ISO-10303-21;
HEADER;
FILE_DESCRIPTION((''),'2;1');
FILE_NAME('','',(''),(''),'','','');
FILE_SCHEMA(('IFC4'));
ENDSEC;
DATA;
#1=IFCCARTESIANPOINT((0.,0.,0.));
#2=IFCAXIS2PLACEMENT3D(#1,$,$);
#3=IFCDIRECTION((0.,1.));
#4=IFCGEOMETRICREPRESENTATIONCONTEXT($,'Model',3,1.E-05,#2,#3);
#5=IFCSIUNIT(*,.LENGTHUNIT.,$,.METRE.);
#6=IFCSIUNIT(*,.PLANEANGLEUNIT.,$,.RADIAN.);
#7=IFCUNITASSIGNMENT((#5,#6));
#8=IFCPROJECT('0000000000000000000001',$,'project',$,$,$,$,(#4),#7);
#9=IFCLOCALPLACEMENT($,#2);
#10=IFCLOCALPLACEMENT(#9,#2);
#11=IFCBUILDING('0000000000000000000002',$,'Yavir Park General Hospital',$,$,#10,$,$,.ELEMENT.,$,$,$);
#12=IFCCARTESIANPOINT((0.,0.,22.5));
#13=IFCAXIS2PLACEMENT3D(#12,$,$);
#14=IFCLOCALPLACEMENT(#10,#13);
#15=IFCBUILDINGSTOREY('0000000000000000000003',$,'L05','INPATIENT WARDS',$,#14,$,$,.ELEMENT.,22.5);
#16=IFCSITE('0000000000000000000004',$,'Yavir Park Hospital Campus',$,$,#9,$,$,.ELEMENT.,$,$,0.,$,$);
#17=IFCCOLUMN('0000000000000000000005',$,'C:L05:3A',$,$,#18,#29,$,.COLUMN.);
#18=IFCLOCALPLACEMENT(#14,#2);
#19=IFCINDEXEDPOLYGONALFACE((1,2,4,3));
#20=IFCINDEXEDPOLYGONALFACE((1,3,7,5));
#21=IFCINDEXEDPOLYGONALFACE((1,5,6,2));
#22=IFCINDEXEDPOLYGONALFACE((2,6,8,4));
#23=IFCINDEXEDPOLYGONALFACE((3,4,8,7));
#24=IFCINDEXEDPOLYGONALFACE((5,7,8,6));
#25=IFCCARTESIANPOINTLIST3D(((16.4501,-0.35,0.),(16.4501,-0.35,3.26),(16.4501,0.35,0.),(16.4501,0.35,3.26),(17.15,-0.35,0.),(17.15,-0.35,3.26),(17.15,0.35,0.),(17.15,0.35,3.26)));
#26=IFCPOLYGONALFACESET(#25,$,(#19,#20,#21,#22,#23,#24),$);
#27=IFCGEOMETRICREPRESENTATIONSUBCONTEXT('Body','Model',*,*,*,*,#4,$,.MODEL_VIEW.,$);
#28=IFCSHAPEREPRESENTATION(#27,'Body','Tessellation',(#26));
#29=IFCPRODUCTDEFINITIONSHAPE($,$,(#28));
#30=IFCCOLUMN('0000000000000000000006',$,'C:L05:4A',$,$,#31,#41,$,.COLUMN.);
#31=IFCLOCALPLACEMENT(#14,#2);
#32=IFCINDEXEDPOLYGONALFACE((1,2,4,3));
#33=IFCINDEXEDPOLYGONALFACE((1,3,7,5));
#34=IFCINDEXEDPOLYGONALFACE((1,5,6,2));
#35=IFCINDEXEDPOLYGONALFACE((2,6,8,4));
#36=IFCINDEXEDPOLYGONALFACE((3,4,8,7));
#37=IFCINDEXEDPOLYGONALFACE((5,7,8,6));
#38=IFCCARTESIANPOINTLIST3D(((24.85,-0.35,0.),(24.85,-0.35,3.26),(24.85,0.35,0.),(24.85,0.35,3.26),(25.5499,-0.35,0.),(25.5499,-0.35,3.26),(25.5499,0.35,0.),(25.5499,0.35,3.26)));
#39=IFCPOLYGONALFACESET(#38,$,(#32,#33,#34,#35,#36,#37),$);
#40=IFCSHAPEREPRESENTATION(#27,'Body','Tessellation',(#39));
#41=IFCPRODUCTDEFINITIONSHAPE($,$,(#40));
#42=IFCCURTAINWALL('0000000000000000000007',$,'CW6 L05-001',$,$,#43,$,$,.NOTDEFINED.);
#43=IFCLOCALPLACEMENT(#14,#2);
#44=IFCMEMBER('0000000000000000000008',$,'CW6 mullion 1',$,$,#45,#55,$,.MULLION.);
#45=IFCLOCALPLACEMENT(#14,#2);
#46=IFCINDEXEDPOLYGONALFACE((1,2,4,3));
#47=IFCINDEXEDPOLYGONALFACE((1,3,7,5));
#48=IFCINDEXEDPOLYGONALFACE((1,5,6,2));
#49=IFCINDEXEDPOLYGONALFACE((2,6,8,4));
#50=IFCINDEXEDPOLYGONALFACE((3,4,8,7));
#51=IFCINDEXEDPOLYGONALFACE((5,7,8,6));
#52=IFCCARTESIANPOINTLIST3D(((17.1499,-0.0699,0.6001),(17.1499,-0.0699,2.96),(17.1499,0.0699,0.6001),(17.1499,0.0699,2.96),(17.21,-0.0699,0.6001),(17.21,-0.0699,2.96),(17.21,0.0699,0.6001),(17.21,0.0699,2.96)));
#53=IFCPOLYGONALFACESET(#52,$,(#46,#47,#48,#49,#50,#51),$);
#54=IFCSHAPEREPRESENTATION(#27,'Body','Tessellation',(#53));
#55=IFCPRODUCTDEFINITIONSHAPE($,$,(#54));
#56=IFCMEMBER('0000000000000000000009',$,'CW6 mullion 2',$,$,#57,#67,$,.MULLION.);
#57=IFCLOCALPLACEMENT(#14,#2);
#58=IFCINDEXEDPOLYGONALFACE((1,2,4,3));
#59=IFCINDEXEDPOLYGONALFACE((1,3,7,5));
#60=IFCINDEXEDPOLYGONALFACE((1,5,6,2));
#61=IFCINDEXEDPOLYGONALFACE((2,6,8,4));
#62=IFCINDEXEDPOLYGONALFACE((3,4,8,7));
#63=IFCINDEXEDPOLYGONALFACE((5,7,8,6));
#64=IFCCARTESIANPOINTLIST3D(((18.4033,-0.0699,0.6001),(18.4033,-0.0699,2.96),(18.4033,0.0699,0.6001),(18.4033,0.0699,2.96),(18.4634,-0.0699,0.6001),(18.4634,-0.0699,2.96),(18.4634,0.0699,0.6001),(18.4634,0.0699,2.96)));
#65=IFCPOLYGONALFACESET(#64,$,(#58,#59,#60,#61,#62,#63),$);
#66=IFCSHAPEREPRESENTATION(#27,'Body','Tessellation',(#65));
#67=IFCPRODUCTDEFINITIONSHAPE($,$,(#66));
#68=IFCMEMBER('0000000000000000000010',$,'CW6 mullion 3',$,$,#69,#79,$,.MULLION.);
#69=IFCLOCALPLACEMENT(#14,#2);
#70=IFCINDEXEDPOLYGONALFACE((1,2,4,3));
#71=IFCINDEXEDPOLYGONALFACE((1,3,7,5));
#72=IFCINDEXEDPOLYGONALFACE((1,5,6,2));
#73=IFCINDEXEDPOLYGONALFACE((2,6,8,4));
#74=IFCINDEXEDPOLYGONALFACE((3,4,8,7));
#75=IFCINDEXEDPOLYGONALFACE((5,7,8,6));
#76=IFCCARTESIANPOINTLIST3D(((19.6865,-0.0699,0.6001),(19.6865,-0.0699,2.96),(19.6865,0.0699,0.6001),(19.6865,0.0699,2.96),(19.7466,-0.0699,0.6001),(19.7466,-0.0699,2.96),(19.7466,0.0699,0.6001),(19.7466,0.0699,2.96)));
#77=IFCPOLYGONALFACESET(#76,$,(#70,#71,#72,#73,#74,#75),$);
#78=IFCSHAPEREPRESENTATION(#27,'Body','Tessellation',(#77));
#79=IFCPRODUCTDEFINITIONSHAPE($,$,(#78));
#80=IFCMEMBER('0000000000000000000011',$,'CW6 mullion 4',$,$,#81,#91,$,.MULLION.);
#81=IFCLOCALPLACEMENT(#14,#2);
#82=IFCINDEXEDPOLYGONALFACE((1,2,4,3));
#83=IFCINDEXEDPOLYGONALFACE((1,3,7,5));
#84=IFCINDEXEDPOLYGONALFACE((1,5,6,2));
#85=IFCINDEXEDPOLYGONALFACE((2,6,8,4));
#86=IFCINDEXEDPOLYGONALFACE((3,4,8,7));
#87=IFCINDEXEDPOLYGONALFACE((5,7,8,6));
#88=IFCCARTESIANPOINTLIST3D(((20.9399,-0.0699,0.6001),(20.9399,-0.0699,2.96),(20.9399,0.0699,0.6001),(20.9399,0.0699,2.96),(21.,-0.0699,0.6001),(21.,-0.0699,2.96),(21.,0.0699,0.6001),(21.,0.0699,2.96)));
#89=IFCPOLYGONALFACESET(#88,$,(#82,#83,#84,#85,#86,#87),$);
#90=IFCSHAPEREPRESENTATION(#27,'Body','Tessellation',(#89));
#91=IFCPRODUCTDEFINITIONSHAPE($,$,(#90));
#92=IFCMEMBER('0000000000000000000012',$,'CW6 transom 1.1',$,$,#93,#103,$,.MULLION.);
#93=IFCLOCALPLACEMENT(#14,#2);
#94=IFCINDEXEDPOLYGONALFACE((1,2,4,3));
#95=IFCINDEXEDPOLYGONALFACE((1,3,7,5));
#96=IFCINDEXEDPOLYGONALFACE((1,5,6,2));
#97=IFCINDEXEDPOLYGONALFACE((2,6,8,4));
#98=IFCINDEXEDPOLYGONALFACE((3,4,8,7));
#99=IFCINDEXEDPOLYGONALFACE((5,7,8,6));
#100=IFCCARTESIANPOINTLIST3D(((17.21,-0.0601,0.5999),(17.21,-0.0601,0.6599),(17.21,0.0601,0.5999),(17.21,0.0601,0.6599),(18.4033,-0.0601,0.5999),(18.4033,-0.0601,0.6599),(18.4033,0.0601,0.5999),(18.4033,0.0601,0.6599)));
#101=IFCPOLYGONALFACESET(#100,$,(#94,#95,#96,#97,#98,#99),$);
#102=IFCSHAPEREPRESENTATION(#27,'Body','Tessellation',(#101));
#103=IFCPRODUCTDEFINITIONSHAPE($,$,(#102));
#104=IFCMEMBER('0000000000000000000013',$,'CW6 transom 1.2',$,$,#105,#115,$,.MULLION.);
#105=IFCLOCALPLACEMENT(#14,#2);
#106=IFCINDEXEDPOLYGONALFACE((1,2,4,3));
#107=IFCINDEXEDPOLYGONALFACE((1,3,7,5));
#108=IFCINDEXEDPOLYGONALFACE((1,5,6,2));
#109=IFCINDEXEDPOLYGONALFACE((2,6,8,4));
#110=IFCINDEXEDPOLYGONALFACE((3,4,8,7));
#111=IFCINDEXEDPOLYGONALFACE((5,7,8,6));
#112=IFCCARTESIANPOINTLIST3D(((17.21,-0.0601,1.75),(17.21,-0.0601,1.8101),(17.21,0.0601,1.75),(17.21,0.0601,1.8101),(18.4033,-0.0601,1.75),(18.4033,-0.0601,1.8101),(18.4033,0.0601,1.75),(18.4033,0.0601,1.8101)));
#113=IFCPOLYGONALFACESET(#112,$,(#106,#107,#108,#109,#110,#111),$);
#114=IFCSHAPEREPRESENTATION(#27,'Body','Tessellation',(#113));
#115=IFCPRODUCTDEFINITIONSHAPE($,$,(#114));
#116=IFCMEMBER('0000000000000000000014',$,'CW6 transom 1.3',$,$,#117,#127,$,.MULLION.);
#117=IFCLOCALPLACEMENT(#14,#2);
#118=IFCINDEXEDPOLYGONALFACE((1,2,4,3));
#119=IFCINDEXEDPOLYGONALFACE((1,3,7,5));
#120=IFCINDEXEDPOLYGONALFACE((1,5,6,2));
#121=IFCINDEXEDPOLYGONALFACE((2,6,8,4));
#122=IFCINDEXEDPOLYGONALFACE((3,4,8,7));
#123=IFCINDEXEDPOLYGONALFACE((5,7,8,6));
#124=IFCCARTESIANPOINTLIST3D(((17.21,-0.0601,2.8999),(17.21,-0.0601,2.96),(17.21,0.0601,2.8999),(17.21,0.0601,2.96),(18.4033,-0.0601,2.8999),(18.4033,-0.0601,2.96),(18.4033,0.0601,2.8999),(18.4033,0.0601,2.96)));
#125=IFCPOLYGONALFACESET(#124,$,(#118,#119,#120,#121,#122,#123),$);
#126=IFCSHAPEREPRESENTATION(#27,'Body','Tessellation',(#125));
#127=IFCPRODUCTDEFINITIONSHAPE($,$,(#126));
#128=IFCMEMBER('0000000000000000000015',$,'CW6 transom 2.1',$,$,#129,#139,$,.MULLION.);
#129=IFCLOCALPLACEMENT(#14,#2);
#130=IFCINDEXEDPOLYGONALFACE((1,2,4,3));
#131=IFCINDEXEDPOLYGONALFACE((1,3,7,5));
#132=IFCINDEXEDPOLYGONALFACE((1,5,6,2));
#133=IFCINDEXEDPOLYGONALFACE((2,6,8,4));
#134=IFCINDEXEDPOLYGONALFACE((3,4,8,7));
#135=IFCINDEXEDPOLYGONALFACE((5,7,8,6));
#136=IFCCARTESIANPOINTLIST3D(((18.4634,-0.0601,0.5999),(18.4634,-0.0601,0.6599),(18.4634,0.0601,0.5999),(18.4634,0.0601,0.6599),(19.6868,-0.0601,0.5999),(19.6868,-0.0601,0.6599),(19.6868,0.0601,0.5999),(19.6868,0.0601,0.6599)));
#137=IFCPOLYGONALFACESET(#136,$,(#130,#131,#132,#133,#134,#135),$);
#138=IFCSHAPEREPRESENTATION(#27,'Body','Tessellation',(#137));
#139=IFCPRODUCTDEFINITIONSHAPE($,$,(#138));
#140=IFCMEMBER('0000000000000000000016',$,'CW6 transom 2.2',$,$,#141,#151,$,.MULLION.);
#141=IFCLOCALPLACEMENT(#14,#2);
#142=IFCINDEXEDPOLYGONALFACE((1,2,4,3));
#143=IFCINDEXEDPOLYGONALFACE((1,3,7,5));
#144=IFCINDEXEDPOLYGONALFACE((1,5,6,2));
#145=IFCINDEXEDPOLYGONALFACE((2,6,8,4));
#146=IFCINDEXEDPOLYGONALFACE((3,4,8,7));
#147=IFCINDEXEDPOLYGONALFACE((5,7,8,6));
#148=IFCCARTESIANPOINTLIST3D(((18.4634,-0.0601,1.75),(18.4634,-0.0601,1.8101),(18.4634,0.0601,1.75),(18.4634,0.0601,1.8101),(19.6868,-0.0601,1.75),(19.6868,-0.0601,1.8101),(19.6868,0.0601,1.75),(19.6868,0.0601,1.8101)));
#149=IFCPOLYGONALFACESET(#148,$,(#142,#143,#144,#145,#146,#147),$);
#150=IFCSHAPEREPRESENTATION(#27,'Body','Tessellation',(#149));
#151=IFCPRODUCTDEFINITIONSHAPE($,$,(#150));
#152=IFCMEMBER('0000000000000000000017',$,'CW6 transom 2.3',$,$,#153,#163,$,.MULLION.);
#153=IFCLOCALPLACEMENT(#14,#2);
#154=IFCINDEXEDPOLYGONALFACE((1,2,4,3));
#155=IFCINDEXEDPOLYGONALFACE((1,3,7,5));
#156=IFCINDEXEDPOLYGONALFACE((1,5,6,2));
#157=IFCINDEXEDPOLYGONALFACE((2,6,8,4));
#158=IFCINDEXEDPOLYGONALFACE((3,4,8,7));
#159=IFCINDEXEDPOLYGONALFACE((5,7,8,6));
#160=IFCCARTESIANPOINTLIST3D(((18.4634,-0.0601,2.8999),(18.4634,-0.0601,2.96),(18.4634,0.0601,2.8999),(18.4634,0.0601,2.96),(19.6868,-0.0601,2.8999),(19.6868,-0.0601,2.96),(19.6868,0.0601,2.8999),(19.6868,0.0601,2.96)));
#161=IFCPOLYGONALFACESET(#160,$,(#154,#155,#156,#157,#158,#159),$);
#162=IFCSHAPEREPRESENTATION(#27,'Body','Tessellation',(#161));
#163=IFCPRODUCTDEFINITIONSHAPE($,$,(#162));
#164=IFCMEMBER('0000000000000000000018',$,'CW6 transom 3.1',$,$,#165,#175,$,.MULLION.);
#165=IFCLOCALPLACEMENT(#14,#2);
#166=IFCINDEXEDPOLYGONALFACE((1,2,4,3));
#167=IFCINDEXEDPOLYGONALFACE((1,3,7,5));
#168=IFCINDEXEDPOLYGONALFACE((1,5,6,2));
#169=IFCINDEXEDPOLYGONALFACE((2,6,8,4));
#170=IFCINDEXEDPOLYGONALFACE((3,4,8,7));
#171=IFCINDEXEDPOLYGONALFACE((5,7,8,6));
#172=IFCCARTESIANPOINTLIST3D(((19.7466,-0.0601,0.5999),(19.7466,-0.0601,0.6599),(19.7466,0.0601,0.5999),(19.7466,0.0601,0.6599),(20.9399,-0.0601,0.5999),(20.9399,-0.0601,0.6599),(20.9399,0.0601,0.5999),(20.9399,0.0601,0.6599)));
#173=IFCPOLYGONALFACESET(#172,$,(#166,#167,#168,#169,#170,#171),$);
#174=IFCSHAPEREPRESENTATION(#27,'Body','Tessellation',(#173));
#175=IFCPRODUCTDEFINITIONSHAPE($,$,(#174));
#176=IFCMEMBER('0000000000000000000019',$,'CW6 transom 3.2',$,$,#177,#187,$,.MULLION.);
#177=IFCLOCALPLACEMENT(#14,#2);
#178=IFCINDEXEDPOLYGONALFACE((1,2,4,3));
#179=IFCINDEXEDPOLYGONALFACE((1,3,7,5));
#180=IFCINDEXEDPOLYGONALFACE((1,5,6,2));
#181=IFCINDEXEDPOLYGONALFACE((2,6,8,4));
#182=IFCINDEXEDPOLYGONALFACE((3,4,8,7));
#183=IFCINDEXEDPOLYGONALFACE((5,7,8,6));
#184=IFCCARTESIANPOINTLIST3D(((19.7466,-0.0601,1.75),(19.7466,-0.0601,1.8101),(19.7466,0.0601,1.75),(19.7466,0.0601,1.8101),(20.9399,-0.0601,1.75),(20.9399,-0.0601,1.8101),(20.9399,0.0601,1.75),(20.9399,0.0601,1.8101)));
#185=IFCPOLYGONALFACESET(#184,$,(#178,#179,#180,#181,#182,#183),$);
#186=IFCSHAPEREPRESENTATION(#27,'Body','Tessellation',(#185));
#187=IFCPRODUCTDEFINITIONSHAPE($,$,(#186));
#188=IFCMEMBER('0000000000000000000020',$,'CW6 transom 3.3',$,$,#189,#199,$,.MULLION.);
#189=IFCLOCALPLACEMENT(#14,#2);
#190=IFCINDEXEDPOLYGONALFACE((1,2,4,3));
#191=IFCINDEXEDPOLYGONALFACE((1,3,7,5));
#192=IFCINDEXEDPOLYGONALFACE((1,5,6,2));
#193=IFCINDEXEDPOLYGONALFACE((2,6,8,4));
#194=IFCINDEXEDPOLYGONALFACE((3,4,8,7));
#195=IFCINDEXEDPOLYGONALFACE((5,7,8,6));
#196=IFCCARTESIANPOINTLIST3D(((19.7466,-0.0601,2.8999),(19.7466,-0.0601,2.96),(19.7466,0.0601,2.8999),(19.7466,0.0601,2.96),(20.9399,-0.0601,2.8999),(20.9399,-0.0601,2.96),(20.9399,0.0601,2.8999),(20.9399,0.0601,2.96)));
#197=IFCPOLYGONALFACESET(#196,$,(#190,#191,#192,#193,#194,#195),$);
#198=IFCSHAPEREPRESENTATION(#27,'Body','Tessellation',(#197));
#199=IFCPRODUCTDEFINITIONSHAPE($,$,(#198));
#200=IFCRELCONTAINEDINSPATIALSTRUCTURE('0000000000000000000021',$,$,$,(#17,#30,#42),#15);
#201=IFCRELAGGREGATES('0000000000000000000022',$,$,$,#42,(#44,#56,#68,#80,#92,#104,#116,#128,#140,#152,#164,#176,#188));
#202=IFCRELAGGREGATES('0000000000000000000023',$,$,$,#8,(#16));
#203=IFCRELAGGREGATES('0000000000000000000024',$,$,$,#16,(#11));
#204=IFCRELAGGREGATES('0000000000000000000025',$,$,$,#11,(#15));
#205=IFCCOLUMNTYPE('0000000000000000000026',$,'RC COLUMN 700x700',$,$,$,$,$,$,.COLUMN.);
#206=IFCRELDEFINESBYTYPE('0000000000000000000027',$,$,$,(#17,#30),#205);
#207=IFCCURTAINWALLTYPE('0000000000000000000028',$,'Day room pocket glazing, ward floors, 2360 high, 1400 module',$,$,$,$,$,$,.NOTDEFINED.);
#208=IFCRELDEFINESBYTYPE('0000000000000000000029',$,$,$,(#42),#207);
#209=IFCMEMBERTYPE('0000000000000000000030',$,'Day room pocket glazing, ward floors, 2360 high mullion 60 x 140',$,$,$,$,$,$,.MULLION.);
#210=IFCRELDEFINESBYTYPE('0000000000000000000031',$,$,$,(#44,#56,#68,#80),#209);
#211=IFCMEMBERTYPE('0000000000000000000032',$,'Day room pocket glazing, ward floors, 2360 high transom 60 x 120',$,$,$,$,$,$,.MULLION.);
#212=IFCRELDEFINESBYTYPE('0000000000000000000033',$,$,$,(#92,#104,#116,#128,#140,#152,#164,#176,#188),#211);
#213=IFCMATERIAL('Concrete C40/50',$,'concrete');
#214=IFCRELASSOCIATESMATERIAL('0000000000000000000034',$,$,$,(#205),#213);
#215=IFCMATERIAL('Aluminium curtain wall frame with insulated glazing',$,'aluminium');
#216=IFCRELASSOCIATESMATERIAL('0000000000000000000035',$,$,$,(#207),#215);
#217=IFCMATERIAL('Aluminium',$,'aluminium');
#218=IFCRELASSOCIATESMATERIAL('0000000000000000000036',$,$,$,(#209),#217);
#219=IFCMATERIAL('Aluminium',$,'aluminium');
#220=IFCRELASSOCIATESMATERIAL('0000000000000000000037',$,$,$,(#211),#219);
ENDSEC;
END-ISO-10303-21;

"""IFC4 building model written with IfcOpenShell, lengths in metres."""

from ifc_helpers import new_model, si_unit, direction, frame, origin, origin_2d, place, context, subcontext, project, spatial, rectangle, extrude, material, material_profile, profile_set, type_object, element, aggregate, save


model = new_model("IFC4")

# Units and contexts
model_context = context("Model", 3, precision=1e-05, world=origin(), true_north=direction((0.0, 1.0)))
body_context = subcontext(model_context, "Body", "Model", "MODEL_VIEW")
ifc_project = project(units=[si_unit("LENGTHUNIT", "METRE"), si_unit("PLANEANGLEUNIT", "RADIAN")], contexts=[model_context])

# Site, building, storey
site_placement = place(None, origin())
site = spatial("IfcSite", under=ifc_project, at=site_placement, Name="Yavir Park Hospital Campus", CompositionType="ELEMENT", RefElevation=0.0)
building_placement = place(site_placement, origin())
building = spatial("IfcBuilding", under=site, at=building_placement, Name="Yavir Park General Hospital", CompositionType="ELEMENT")
storey_placement = place(building_placement, frame((0.0, 0.0, 22.5)))
storey = spatial("IfcBuildingStorey", under=building, at=storey_placement, Name="L05", Description="INPATIENT WARDS", CompositionType="ELEMENT", Elevation=22.5)

# Columns
ifc_material_1 = material(Name="Concrete C40/50", Category="concrete")
ifc_material_profile_1 = material_profile(ifc_material_1, rectangle(XDim=0.7, YDim=0.7, at=origin_2d()), Name="RC700x700")
ifc_profile_set_1 = profile_set([ifc_material_profile_1], Name="Concrete C40/50")
column_type = type_object("IfcColumnType", Name="RC COLUMN 700x700", PredefinedType="COLUMN", material=ifc_profile_set_1)
for number, where, z_axis, x_axis, name in (
    (1, (16.8, 0.0, 0.0), (0.0, 0.0, 1.0), (1.0, 0.0, 0.0), "C:L05:3A"),
    (2, (25.2, 0.0, 0.0), (0.0, 0.0, 1.0), (1.0, 0.0, 0.0), "C:L05:4A"),
):
    element("IfcColumn", number, at=place(storey_placement, frame(where, z_axis=z_axis, x_axis=x_axis)), inside=storey, type_object=column_type, Name=name, PredefinedType="COLUMN", context=body_context, shape_type="SweptSolid", body=[
        extrude(rectangle(XDim=0.7, YDim=0.7, at=origin_2d()), origin(), (0.0, 0.0, 1.0), 3.26),
    ])

# Curtain wall, members
ifc_material_2 = material(Name="Aluminium curtain wall frame with insulated glazing", Category="aluminium")
curtain_wall_type = type_object("IfcCurtainWallType", Name="Day room pocket glazing, ward floors, 2360 high, 1400 module", PredefinedType="NOTDEFINED", material=ifc_material_2)
curtain_wall_placement = place(storey_placement, origin())
curtain_wall = element("IfcCurtainWall", 3, at=curtain_wall_placement, inside=storey, type_object=curtain_wall_type, Name="CW6 L05-001", PredefinedType="NOTDEFINED")
ifc_material_3 = material(Name="Aluminium", Category="aluminium")
ifc_material_profile_2 = material_profile(ifc_material_3, rectangle(XDim=0.1399, YDim=0.0601, at=origin_2d()), Name="AL 60x140")
ifc_profile_set_2 = profile_set([ifc_material_profile_2], Name="Aluminium")
member_type_1 = type_object("IfcMemberType", Name="Day room pocket glazing, ward floors, 2360 high mullion 60 x 140", PredefinedType="MULLION", material=ifc_profile_set_2)
member_1_placement = place(storey_placement, frame((17.1799, 0.0, 0.6001), z_axis=(0.0, 0.0, 1.0), x_axis=(0.0, 1.0, 0.0)))
member_1 = element("IfcMember", 4, at=member_1_placement, type_object=member_type_1, Name="CW6 mullion 1", PredefinedType="MULLION", context=body_context, shape_type="SweptSolid", body=[
    extrude(rectangle(XDim=0.1399, YDim=0.0601, at=origin_2d()), origin(), (0.0, 0.0, 1.0), 2.3599),
])
member_2_placement = place(storey_placement, frame((18.4333, 0.0, 0.6001), z_axis=(0.0, 0.0, 1.0), x_axis=(0.0, 1.0, 0.0)))
member_2 = element("IfcMember", 5, at=member_2_placement, type_object=member_type_1, Name="CW6 mullion 2", PredefinedType="MULLION", context=body_context, shape_type="SweptSolid", body=[
    extrude(rectangle(XDim=0.1399, YDim=0.0601, at=origin_2d()), origin(), (0.0, 0.0, 1.0), 2.3599),
])
member_3_placement = place(storey_placement, frame((19.7166, 0.0, 0.6001), z_axis=(0.0, 0.0, 1.0), x_axis=(0.0, 1.0, 0.0)))
member_3 = element("IfcMember", 6, at=member_3_placement, type_object=member_type_1, Name="CW6 mullion 3", PredefinedType="MULLION", context=body_context, shape_type="SweptSolid", body=[
    extrude(rectangle(XDim=0.1399, YDim=0.0601, at=origin_2d()), origin(), (0.0, 0.0, 1.0), 2.3599),
])
member_4_placement = place(storey_placement, frame((20.97, 0.0, 0.6001), z_axis=(0.0, 0.0, 1.0), x_axis=(0.0, 1.0, 0.0)))
member_4 = element("IfcMember", 7, at=member_4_placement, type_object=member_type_1, Name="CW6 mullion 4", PredefinedType="MULLION", context=body_context, shape_type="SweptSolid", body=[
    extrude(rectangle(XDim=0.1399, YDim=0.0601, at=origin_2d()), origin(), (0.0, 0.0, 1.0), 2.3599),
])
ifc_material_4 = material(Name="Aluminium", Category="aluminium")
ifc_material_profile_3 = material_profile(ifc_material_4, rectangle(XDim=0.1201, YDim=0.0601, at=origin_2d()), Name="AL 120x60")
ifc_profile_set_3 = profile_set([ifc_material_profile_3], Name="Aluminium")
member_type_2 = type_object("IfcMemberType", Name="Day room pocket glazing, ward floors, 2360 high transom 60 x 120", PredefinedType="MULLION", material=ifc_profile_set_3)
member_5_placement = place(storey_placement, frame((17.21, 0.0, 0.6299), z_axis=(1.0, 0.0, 0.0), x_axis=(0.0, 1.0, 0.0)))
member_5 = element("IfcMember", 8, at=member_5_placement, type_object=member_type_2, Name="CW6 transom 1.1", PredefinedType="MULLION", context=body_context, shape_type="SweptSolid", body=[
    extrude(rectangle(XDim=0.1201, YDim=0.0601, at=origin_2d()), origin(), (0.0, 0.0, 1.0), 1.1934),
])
member_6_placement = place(storey_placement, frame((17.21, 0.0, 1.78), z_axis=(1.0, 0.0, 0.0), x_axis=(0.0, 1.0, 0.0)))
member_6 = element("IfcMember", 9, at=member_6_placement, type_object=member_type_2, Name="CW6 transom 1.2", PredefinedType="MULLION", context=body_context, shape_type="SweptSolid", body=[
    extrude(rectangle(XDim=0.1201, YDim=0.0601, at=origin_2d()), origin(), (0.0, 0.0, 1.0), 1.1934),
])
member_7_placement = place(storey_placement, frame((17.21, 0.0, 2.9299), z_axis=(1.0, 0.0, 0.0), x_axis=(0.0, 1.0, 0.0)))
member_7 = element("IfcMember", 10, at=member_7_placement, type_object=member_type_2, Name="CW6 transom 1.3", PredefinedType="MULLION", context=body_context, shape_type="SweptSolid", body=[
    extrude(rectangle(XDim=0.1201, YDim=0.0601, at=origin_2d()), origin(), (0.0, 0.0, 1.0), 1.1934),
])
member_8_placement = place(storey_placement, frame((18.4634, 0.0, 0.6299), z_axis=(1.0, 0.0, 0.0), x_axis=(0.0, 1.0, 0.0)))
member_8 = element("IfcMember", 11, at=member_8_placement, type_object=member_type_2, Name="CW6 transom 2.1", PredefinedType="MULLION", context=body_context, shape_type="SweptSolid", body=[
    extrude(rectangle(XDim=0.1201, YDim=0.0601, at=origin_2d()), origin(), (0.0, 0.0, 1.0), 1.2234),
])
member_9_placement = place(storey_placement, frame((18.4634, 0.0, 1.78), z_axis=(1.0, 0.0, 0.0), x_axis=(0.0, 1.0, 0.0)))
member_9 = element("IfcMember", 12, at=member_9_placement, type_object=member_type_2, Name="CW6 transom 2.2", PredefinedType="MULLION", context=body_context, shape_type="SweptSolid", body=[
    extrude(rectangle(XDim=0.1201, YDim=0.0601, at=origin_2d()), origin(), (0.0, 0.0, 1.0), 1.2234),
])
member_10_placement = place(storey_placement, frame((18.4634, 0.0, 2.9299), z_axis=(1.0, 0.0, 0.0), x_axis=(0.0, 1.0, 0.0)))
member_10 = element("IfcMember", 13, at=member_10_placement, type_object=member_type_2, Name="CW6 transom 2.3", PredefinedType="MULLION", context=body_context, shape_type="SweptSolid", body=[
    extrude(rectangle(XDim=0.1201, YDim=0.0601, at=origin_2d()), origin(), (0.0, 0.0, 1.0), 1.2234),
])
member_11_placement = place(storey_placement, frame((19.7466, 0.0, 0.6299), z_axis=(1.0, 0.0, 0.0), x_axis=(0.0, 1.0, 0.0)))
member_11 = element("IfcMember", 14, at=member_11_placement, type_object=member_type_2, Name="CW6 transom 3.1", PredefinedType="MULLION", context=body_context, shape_type="SweptSolid", body=[
    extrude(rectangle(XDim=0.1201, YDim=0.0601, at=origin_2d()), origin(), (0.0, 0.0, 1.0), 1.1934),
])
member_12_placement = place(storey_placement, frame((19.7466, 0.0, 1.78), z_axis=(1.0, 0.0, 0.0), x_axis=(0.0, 1.0, 0.0)))
member_12 = element("IfcMember", 15, at=member_12_placement, type_object=member_type_2, Name="CW6 transom 3.2", PredefinedType="MULLION", context=body_context, shape_type="SweptSolid", body=[
    extrude(rectangle(XDim=0.1201, YDim=0.0601, at=origin_2d()), origin(), (0.0, 0.0, 1.0), 1.1934),
])
member_13_placement = place(storey_placement, frame((19.7466, 0.0, 2.9299), z_axis=(1.0, 0.0, 0.0), x_axis=(0.0, 1.0, 0.0)))
member_13 = element("IfcMember", 16, at=member_13_placement, type_object=member_type_2, Name="CW6 transom 3.3", PredefinedType="MULLION", context=body_context, shape_type="SweptSolid", body=[
    extrude(rectangle(XDim=0.1201, YDim=0.0601, at=origin_2d()), origin(), (0.0, 0.0, 1.0), 1.1934),
])

aggregate(curtain_wall, [member_1, member_2, member_3, member_4, member_5, member_6, member_7, member_8, member_9, member_10, member_11, member_12, member_13])

save(model, "model.ifc")
